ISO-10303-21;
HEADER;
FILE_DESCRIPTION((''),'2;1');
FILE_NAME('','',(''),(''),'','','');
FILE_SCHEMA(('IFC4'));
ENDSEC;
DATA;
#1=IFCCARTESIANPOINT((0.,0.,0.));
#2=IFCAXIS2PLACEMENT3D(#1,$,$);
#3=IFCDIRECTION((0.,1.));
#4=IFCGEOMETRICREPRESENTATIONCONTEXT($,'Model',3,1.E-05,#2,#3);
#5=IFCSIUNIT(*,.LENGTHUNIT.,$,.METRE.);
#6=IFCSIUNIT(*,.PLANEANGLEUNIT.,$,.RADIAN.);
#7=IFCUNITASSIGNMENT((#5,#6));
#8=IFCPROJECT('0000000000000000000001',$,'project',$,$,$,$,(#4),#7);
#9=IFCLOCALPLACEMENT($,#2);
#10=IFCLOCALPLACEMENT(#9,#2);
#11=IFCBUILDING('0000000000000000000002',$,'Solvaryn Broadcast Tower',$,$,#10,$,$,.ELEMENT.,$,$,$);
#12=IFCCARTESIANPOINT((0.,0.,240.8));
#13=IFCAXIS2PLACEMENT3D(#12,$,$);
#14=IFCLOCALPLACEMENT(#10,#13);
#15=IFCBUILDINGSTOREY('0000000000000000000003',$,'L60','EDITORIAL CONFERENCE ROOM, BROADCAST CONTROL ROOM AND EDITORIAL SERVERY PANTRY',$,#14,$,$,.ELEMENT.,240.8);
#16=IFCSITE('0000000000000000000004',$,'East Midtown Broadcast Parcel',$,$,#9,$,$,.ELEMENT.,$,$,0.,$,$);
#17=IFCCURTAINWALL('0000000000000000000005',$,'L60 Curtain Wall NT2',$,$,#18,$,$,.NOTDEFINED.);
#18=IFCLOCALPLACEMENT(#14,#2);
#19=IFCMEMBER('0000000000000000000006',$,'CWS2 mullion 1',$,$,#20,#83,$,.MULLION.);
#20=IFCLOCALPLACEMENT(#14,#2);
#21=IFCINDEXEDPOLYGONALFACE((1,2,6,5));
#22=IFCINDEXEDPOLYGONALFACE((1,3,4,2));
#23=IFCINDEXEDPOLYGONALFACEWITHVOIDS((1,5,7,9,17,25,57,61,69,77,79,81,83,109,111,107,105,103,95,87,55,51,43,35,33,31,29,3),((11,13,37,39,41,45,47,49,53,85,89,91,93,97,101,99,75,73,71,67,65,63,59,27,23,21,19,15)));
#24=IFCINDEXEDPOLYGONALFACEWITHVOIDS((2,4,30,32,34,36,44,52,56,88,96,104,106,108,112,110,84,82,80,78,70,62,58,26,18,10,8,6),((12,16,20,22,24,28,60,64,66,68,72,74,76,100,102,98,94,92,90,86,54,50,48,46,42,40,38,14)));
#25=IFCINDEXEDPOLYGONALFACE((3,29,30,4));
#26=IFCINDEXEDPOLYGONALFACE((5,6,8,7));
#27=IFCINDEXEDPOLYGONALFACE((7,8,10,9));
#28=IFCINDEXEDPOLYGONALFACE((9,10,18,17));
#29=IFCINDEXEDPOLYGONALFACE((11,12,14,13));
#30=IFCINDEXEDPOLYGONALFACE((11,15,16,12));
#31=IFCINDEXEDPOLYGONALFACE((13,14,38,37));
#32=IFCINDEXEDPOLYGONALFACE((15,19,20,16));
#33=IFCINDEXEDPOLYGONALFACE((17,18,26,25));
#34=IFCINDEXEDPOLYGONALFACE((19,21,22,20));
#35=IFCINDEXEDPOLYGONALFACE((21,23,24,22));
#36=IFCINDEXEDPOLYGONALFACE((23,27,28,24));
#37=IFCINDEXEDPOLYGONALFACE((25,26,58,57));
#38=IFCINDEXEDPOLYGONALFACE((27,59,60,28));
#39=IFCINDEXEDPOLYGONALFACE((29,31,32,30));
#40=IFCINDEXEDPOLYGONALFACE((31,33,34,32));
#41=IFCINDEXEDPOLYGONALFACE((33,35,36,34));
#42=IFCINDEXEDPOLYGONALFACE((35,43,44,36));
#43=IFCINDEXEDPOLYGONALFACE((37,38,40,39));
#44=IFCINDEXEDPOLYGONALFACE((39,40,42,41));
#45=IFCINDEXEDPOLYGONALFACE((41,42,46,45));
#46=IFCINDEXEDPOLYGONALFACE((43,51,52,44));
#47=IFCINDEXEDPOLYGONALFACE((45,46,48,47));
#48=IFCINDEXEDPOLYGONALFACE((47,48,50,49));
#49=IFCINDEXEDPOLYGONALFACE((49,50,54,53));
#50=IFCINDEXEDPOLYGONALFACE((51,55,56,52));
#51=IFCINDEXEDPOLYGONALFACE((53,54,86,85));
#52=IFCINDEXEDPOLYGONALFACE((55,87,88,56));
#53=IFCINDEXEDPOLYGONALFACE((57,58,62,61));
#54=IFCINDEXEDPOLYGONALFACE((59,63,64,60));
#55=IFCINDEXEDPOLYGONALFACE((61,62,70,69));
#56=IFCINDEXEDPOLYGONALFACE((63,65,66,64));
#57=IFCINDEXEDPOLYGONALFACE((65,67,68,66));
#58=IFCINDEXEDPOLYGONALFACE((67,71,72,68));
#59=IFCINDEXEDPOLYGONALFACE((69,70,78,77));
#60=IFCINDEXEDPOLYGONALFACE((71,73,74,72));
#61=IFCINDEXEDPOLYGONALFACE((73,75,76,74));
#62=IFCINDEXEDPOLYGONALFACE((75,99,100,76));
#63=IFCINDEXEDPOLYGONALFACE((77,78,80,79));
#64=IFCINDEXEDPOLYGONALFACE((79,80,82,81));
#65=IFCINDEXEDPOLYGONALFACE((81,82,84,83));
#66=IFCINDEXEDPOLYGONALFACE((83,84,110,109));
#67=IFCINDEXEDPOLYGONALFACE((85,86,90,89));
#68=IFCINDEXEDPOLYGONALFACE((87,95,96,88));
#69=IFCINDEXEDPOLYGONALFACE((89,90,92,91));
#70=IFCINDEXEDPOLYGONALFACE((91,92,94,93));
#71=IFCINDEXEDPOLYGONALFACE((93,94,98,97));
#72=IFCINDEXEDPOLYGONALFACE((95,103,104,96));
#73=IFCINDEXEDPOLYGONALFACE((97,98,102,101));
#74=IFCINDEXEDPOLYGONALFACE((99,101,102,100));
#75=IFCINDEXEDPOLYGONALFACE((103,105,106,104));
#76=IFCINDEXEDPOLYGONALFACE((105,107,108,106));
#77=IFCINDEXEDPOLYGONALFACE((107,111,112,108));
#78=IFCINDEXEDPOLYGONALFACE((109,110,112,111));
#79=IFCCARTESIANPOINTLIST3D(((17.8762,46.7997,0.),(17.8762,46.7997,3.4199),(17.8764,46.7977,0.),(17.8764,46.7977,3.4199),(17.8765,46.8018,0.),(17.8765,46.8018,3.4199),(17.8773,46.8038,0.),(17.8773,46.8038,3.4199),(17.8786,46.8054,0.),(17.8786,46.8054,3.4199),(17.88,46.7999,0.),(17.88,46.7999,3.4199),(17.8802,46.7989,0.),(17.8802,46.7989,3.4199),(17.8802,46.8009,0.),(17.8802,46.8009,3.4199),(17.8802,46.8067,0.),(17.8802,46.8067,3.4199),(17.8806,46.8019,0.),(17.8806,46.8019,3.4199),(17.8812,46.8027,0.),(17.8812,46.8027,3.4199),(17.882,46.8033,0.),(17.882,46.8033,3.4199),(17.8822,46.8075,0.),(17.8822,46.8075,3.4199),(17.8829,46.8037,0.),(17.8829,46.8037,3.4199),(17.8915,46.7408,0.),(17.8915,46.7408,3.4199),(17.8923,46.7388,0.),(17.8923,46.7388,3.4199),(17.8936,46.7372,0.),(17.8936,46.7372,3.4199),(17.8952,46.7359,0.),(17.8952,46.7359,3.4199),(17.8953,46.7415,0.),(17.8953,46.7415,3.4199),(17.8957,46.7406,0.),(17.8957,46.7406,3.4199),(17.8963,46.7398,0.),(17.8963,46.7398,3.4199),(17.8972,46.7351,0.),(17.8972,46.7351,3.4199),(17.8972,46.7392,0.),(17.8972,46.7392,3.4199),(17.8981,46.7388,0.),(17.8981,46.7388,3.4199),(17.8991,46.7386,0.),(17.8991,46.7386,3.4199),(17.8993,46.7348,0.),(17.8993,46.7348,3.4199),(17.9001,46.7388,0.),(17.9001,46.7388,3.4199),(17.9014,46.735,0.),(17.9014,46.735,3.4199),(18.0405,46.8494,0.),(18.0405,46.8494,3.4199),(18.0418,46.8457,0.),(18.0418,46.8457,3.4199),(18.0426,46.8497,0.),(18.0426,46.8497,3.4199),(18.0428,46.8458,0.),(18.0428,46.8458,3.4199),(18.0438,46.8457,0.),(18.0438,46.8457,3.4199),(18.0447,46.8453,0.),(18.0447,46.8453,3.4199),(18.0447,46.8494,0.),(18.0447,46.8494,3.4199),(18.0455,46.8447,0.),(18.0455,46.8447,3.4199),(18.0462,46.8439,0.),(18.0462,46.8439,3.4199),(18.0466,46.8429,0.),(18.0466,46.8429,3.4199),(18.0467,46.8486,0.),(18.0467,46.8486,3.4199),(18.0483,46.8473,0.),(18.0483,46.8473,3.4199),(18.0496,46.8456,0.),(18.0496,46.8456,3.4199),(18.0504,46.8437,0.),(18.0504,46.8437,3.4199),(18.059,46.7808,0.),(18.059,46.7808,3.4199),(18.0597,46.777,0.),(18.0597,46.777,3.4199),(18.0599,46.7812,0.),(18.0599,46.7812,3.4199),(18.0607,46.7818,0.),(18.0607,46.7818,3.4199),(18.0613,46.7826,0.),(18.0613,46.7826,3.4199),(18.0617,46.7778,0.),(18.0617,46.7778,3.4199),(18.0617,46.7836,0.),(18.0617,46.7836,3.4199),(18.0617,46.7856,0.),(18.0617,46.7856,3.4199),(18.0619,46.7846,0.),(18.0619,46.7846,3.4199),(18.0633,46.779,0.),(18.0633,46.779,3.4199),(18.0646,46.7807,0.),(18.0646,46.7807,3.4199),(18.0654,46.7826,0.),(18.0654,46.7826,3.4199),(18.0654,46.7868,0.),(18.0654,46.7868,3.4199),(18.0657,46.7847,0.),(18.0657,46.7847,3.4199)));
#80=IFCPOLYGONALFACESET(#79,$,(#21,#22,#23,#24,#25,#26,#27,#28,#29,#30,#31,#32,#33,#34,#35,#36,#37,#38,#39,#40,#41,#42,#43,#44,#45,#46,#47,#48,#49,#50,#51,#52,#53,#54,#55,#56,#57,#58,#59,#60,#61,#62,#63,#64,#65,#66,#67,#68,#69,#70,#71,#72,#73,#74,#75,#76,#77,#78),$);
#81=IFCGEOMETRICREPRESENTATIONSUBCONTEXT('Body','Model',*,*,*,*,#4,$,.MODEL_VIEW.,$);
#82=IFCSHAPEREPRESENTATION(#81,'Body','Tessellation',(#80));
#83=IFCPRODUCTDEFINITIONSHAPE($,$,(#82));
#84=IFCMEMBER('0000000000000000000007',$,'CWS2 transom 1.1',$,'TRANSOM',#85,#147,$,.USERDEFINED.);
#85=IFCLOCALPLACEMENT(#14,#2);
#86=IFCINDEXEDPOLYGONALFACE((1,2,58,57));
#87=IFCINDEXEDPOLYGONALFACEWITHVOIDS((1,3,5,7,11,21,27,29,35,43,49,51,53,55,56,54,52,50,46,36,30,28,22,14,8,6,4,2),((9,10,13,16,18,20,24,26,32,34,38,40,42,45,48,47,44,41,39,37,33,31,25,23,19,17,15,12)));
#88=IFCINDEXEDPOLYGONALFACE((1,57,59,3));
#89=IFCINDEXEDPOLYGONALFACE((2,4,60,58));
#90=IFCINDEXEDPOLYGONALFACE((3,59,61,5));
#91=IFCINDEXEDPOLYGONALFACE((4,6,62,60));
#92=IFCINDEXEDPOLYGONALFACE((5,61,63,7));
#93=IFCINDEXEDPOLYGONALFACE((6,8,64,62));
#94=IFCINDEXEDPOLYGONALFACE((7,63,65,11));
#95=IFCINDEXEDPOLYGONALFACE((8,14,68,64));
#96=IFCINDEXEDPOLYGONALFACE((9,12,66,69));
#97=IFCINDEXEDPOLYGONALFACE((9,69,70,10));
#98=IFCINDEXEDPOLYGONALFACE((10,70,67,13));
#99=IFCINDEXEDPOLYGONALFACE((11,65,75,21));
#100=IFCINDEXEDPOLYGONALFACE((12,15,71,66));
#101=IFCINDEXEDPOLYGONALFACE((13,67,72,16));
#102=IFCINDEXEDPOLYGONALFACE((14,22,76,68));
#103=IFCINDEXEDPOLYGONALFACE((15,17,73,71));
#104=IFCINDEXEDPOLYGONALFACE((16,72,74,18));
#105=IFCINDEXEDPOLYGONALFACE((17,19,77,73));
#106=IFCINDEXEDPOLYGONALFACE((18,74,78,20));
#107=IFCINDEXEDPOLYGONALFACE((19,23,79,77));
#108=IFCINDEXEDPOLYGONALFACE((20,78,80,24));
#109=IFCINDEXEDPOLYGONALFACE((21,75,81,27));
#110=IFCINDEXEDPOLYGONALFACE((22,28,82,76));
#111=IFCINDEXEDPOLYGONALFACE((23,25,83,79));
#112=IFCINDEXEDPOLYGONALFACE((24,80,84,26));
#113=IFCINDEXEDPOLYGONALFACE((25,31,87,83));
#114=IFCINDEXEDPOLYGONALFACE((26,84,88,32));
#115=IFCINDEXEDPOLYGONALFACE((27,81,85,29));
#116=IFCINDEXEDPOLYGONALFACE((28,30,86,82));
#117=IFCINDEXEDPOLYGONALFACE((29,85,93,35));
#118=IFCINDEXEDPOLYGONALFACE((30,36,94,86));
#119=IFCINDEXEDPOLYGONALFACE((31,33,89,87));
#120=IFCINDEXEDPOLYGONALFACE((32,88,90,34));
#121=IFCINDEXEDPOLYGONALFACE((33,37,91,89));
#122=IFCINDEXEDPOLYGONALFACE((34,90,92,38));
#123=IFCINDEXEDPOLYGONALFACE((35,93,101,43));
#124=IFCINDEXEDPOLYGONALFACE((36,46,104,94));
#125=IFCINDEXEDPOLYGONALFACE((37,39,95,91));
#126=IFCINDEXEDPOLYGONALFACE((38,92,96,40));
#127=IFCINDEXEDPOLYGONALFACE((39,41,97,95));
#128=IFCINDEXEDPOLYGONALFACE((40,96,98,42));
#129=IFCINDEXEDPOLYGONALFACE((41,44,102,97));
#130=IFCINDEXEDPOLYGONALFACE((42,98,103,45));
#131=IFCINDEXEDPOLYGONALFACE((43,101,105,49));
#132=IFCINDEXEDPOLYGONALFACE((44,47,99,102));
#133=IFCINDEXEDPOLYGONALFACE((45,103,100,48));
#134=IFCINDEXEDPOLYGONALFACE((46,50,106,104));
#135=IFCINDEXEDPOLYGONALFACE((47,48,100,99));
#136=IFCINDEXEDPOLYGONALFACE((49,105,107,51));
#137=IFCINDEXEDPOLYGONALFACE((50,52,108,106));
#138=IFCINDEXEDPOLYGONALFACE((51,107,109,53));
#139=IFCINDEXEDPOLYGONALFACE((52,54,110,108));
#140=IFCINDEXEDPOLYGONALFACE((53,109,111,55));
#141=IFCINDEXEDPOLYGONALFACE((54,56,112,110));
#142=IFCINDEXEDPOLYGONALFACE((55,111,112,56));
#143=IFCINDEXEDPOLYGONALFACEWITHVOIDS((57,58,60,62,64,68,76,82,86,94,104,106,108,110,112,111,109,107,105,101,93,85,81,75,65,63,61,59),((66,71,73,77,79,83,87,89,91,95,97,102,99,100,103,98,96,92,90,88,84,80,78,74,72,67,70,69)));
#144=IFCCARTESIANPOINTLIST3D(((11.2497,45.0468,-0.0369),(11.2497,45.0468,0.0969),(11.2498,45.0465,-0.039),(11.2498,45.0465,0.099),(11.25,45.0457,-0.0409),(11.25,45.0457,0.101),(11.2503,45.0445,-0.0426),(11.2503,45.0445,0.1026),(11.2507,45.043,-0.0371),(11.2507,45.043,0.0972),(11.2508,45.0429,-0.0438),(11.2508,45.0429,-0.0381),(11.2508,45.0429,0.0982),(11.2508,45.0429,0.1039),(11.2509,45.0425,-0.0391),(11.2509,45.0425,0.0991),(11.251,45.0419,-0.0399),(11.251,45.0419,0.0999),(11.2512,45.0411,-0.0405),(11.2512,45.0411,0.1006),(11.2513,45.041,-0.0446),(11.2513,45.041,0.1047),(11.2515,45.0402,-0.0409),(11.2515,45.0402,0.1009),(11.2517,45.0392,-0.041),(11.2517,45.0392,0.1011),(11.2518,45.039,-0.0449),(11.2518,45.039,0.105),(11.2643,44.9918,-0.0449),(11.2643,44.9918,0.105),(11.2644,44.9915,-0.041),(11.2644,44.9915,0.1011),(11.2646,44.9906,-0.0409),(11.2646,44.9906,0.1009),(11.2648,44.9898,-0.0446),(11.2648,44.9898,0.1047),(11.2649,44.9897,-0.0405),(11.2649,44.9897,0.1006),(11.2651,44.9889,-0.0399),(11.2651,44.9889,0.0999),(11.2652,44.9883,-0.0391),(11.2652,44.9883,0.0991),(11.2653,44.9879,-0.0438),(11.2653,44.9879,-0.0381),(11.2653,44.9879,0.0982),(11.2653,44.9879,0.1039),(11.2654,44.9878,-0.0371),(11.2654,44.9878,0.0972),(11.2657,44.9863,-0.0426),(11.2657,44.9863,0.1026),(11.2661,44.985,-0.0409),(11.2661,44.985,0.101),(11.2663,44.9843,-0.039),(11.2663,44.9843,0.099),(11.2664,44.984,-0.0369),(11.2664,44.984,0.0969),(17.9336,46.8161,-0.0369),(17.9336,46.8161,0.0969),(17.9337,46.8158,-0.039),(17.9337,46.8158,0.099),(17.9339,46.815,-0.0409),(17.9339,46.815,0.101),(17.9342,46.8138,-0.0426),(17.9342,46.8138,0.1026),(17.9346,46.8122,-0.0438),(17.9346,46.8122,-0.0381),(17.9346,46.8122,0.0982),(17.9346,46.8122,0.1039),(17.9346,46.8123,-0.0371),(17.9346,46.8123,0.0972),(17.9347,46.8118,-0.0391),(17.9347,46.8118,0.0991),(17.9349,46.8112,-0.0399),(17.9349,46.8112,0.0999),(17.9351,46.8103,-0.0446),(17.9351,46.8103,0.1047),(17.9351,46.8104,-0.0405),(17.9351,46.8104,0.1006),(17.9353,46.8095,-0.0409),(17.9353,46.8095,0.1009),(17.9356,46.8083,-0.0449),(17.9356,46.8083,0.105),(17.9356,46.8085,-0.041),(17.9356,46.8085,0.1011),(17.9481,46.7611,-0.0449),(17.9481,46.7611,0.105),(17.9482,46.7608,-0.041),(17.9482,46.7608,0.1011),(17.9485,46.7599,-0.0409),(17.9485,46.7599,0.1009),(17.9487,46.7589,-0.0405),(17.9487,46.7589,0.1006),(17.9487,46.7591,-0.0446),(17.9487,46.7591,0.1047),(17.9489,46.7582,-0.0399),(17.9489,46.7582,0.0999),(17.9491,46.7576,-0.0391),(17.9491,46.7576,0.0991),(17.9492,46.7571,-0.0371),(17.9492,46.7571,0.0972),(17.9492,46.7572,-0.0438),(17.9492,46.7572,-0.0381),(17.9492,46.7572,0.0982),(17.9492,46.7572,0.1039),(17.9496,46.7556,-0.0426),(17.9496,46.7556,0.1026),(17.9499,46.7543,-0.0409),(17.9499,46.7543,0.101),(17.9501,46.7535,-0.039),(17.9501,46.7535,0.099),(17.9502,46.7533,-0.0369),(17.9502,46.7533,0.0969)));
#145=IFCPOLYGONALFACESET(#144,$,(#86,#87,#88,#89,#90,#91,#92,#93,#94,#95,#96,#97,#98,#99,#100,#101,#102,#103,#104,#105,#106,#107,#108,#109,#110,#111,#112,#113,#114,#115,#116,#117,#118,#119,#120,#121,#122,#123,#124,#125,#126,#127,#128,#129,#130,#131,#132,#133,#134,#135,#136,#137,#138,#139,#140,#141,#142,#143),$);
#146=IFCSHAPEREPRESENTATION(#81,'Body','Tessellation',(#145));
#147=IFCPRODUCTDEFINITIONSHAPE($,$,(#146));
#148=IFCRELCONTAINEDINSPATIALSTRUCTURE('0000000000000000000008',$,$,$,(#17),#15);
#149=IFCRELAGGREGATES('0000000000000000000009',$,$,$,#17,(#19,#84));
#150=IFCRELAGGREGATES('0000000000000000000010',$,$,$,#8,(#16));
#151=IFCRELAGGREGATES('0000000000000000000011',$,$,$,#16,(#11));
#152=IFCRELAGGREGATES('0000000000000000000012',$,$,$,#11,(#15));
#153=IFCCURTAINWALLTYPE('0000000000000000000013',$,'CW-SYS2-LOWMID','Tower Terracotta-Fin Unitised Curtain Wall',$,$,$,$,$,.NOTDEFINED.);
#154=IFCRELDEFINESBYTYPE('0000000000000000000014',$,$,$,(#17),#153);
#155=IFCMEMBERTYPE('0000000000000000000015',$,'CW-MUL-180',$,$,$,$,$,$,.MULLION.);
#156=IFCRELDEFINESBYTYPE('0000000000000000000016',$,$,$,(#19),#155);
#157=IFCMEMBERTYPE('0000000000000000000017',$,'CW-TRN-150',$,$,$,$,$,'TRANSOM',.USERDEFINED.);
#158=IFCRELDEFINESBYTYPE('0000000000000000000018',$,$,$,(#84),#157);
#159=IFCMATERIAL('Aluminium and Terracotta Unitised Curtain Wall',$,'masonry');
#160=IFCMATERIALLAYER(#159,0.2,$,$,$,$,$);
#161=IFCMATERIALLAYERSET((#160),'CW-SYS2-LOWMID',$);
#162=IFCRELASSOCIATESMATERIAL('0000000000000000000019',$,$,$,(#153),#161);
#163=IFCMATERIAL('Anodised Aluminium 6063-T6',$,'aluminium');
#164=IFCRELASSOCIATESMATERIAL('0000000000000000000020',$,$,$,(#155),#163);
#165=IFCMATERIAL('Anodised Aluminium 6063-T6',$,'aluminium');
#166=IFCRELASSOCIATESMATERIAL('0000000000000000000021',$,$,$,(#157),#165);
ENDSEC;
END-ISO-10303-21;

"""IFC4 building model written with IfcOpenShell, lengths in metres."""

from ifc_helpers import new_model, si_unit, direction, frame, origin, origin_2d, place, context, subcontext, project, spatial, hollow_rectangle, extrude, material, layer, layer_set, material_profile, profile_set, type_object, element, aggregate, save


model = new_model("IFC4")

# Units and contexts
model_context = context("Model", 3, precision=1e-05, world=origin(), true_north=direction((0.0, 1.0)))
body_context = subcontext(model_context, "Body", "Model", "MODEL_VIEW")
ifc_project = project(units=[si_unit("LENGTHUNIT", "METRE"), si_unit("PLANEANGLEUNIT", "RADIAN")], contexts=[model_context])

# Site, building, storey
site_placement = place(None, origin())
site = spatial("IfcSite", under=ifc_project, at=site_placement, Name="East Midtown Broadcast Parcel", CompositionType="ELEMENT", RefElevation=0.0)
building_placement = place(site_placement, origin())
building = spatial("IfcBuilding", under=site, at=building_placement, Name="Solvaryn Broadcast Tower", CompositionType="ELEMENT")
storey_placement = place(building_placement, frame((0.0, 0.0, 240.8)))
storey = spatial("IfcBuildingStorey", under=building, at=storey_placement, Name="L60", Description="EDITORIAL CONFERENCE ROOM, BROADCAST CONTROL ROOM AND EDITORIAL SERVERY PANTRY", CompositionType="ELEMENT", Elevation=240.8)

# Shared definitions
ifc_material_1 = material(Name="Aluminium and Terracotta Unitised Curtain Wall", Category="masonry")
ifc_layer_1 = layer(ifc_material_1, 0.2)
ifc_layer_set_1 = layer_set([ifc_layer_1], Name="CW-SYS2-LOWMID")
curtain_wall_type = type_object("IfcCurtainWallType", Name="CW-SYS2-LOWMID", Description="Tower Terracotta-Fin Unitised Curtain Wall", PredefinedType="NOTDEFINED", material=ifc_layer_set_1)
ifc_material_2 = material(Name="Anodised Aluminium 6063-T6", Category="aluminium")
ifc_material_profile_1 = material_profile(ifc_material_2, hollow_rectangle(XDim=0.075, YDim=0.1799, WallThickness=0.0039, InnerFilletRadius=0.0039, OuterFilletRadius=0.0081, at=origin_2d()))
ifc_profile_set_1 = profile_set([ifc_material_profile_1], Name="Anodised Aluminium 6063-T6")
member_type_1 = type_object("IfcMemberType", Name="CW-MUL-180", PredefinedType="MULLION", material=ifc_profile_set_1)

# Curtain wall, members
curtain_wall_1_placement = place(storey_placement, origin())
curtain_wall_1 = element("IfcCurtainWall", 1, at=curtain_wall_1_placement, inside=storey, type_object=curtain_wall_type, Name="L60 Curtain Wall NT2", PredefinedType="NOTDEFINED")
member_1_placement = place(storey_placement, frame((17.9709, 46.7922, 0.0), z_axis=(0.0, 0.0, 1.0), x_axis=(0.255893, -0.966705, 0.0)))
member_1 = element("IfcMember", 2, at=member_1_placement, type_object=member_type_1, Name="CWS2 mullion 1", PredefinedType="MULLION", context=body_context, shape_type="SweptSolid", body=[
    extrude(hollow_rectangle(XDim=0.075, YDim=0.1799, WallThickness=0.0039, InnerFilletRadius=0.0039, OuterFilletRadius=0.0081, at=origin_2d()), origin(), (0.0, 0.0, 1.0), 3.4199),
])
ifc_material_3 = material(Name="Anodised Aluminium 6063-T6", Category="aluminium")
ifc_material_profile_2 = material_profile(ifc_material_3, hollow_rectangle(XDim=0.0649, YDim=0.1499, WallThickness=0.0039, InnerFilletRadius=0.0039, OuterFilletRadius=0.0081, at=origin_2d()))
ifc_profile_set_2 = profile_set([ifc_material_profile_2], Name="Anodised Aluminium 6063-T6")
member_type_2 = type_object("IfcMemberType", Name="CW-TRN-150", ElementType="TRANSOM", PredefinedType="USERDEFINED", material=ifc_profile_set_2)
member_2_placement = place(storey_placement, frame((17.9419, 46.7847, 0.03), z_axis=(-0.966704, -0.255897, 0.0), x_axis=(0.255897, -0.966704, 0.0)))
member_2 = element("IfcMember", 3, at=member_2_placement, type_object=member_type_2, Name="CWS2 transom 1.1", ObjectType="TRANSOM", PredefinedType="USERDEFINED", context=body_context, shape_type="SweptSolid", body=[
    extrude(hollow_rectangle(XDim=0.0649, YDim=0.1499, WallThickness=0.0039, InnerFilletRadius=0.0039, OuterFilletRadius=0.0081, at=origin_2d()), origin(), (0.0, 0.0, 1.0), 6.9141),
])
aggregate(curtain_wall_1, [member_1, member_2])

save(model, "model.ifc")
